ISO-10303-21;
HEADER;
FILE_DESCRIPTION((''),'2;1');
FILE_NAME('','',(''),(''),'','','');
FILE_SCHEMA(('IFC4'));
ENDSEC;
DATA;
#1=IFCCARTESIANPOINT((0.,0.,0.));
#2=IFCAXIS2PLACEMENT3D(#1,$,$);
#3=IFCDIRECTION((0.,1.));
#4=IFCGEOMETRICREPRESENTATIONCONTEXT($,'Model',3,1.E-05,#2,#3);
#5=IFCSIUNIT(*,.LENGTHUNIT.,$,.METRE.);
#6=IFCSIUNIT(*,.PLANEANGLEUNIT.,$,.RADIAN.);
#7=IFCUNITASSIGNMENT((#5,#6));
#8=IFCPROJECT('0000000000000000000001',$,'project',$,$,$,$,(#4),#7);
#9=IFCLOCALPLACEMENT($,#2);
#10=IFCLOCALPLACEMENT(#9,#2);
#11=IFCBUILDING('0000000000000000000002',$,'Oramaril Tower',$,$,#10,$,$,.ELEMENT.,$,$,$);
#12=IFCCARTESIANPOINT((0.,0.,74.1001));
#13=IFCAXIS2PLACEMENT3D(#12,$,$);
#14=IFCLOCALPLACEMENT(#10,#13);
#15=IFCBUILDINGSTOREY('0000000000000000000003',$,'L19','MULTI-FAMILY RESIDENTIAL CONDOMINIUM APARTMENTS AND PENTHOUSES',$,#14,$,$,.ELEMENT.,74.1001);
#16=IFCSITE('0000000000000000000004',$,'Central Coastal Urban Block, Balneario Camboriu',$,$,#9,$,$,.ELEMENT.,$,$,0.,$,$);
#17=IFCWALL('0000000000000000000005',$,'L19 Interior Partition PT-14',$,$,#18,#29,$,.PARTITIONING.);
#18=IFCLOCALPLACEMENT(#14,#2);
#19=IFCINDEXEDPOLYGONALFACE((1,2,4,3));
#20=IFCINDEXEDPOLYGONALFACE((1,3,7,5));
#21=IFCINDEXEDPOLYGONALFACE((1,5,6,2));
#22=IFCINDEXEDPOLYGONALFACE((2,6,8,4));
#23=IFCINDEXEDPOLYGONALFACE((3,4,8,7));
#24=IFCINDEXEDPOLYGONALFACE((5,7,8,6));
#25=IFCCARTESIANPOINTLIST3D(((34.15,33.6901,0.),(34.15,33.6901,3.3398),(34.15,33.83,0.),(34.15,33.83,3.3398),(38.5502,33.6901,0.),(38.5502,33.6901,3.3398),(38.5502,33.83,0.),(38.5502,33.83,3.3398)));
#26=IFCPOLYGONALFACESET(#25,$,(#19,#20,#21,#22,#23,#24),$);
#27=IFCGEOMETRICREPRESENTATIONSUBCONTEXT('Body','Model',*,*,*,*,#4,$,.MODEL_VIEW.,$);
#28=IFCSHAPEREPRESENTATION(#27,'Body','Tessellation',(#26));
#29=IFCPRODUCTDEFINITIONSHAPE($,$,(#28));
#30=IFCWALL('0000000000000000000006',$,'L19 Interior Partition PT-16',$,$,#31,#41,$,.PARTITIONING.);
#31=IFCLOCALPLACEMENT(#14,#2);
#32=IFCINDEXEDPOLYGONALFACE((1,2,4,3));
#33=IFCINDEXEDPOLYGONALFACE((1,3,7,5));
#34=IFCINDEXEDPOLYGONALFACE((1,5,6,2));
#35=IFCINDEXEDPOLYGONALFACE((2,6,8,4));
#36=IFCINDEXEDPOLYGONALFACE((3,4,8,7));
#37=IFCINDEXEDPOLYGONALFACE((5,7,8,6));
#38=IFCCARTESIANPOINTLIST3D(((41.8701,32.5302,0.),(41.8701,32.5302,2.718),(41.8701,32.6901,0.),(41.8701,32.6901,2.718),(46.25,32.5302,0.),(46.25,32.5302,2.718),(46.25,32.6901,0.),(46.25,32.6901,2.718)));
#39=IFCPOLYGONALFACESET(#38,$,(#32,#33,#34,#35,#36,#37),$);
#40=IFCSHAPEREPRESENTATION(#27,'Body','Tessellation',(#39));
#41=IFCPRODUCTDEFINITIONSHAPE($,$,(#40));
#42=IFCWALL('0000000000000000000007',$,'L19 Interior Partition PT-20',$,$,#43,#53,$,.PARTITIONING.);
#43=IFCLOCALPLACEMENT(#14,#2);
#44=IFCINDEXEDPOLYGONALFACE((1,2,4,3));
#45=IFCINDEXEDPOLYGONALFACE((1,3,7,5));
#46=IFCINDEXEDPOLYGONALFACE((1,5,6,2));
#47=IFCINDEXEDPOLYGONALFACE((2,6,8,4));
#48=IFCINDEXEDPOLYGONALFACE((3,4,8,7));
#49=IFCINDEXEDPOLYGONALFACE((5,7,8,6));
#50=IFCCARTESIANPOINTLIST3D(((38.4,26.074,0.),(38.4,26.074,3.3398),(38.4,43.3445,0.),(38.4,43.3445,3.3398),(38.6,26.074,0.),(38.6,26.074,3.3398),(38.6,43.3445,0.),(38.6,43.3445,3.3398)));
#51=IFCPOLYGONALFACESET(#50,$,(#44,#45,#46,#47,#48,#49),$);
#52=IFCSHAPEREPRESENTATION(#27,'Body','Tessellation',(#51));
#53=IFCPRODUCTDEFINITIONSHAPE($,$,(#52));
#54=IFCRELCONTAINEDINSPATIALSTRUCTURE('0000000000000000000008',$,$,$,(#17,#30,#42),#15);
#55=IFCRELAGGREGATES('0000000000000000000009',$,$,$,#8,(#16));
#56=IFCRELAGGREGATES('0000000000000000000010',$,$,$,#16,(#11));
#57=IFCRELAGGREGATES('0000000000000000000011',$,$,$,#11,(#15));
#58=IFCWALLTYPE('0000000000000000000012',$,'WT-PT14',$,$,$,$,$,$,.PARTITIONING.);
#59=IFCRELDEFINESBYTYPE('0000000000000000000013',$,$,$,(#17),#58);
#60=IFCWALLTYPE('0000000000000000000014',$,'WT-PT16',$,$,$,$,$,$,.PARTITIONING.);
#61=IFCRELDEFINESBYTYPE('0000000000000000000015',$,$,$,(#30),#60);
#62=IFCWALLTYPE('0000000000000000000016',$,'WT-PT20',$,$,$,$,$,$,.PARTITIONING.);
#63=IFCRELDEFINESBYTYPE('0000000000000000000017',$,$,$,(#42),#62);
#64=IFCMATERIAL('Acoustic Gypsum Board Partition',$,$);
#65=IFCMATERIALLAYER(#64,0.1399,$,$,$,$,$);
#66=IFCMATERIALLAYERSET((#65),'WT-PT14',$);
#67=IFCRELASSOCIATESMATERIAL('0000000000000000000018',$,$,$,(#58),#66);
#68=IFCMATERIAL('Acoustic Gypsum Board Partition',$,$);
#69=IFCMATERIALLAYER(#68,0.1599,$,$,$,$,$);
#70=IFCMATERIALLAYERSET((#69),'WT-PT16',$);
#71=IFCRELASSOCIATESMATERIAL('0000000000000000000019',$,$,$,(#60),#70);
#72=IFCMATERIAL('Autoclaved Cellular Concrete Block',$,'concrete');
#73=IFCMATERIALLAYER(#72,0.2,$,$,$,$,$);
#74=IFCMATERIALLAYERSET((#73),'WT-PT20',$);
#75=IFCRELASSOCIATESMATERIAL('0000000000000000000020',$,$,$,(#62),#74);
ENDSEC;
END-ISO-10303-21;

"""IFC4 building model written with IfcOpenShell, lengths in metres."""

from ifc_helpers import new_model, si_unit, direction, frame, frame_2d, origin, place, context, subcontext, project, spatial, rectangle, extrude, material, layer, layer_set, type_object, element, save


model = new_model("IFC4")

# Units and contexts
model_context = context("Model", 3, precision=1e-05, world=origin(), true_north=direction((0.0, 1.0)))
body_context = subcontext(model_context, "Body", "Model", "MODEL_VIEW")
ifc_project = project(units=[si_unit("LENGTHUNIT", "METRE"), si_unit("PLANEANGLEUNIT", "RADIAN")], contexts=[model_context])

# Site, building, storey
site_placement = place(None, origin())
site = spatial("IfcSite", under=ifc_project, at=site_placement, Name="Central Coastal Urban Block, Balneario Camboriu", CompositionType="ELEMENT", RefElevation=0.0)
building_placement = place(site_placement, origin())
building = spatial("IfcBuilding", under=site, at=building_placement, Name="Oramaril Tower", CompositionType="ELEMENT")
storey_placement = place(building_placement, frame((0.0, 0.0, 74.1001)))
storey = spatial("IfcBuildingStorey", under=building, at=storey_placement, Name="L19", Description="MULTI-FAMILY RESIDENTIAL CONDOMINIUM APARTMENTS AND PENTHOUSES", CompositionType="ELEMENT", Elevation=74.1001)

# Walls
ifc_material_1 = material(Name="Acoustic Gypsum Board Partition")
ifc_layer_1 = layer(ifc_material_1, 0.1399)
ifc_layer_set_1 = layer_set([ifc_layer_1], Name="WT-PT14")
wall_type_1 = type_object("IfcWallType", Name="WT-PT14", PredefinedType="PARTITIONING", material=ifc_layer_set_1)
wall_1_placement = place(storey_placement, frame((34.1499, 33.76, 0.0), z_axis=(0.0, 0.0, 1.0), x_axis=(1.0, 0.0, 0.0)))
element("IfcWall", 1, at=wall_1_placement, inside=storey, type_object=wall_type_1, Name="L19 Interior Partition PT-14", PredefinedType="PARTITIONING", context=body_context, shape_type="SweptSolid", body=[
    extrude(rectangle(XDim=4.4001, YDim=0.1399, at=frame_2d((2.2002, 0.0))), origin(), (0.0, 0.0, 1.0), 3.3398),
])
ifc_material_2 = material(Name="Acoustic Gypsum Board Partition")
ifc_layer_2 = layer(ifc_material_2, 0.1599)
ifc_layer_set_2 = layer_set([ifc_layer_2], Name="WT-PT16")
wall_type_2 = type_object("IfcWallType", Name="WT-PT16", PredefinedType="PARTITIONING", material=ifc_layer_set_2)
wall_2_placement = place(storey_placement, frame((41.8701, 32.6101, 0.0), z_axis=(0.0, 0.0, 1.0), x_axis=(1.0, 0.0, 0.0)))
element("IfcWall", 2, at=wall_2_placement, inside=storey, type_object=wall_type_2, Name="L19 Interior Partition PT-16", PredefinedType="PARTITIONING", context=body_context, shape_type="SweptSolid", body=[
    extrude(rectangle(XDim=4.3799, YDim=0.1599, at=frame_2d((2.1899, 0.0))), origin(), (0.0, 0.0, 1.0), 2.718),
])
ifc_material_3 = material(Name="Autoclaved Cellular Concrete Block", Category="concrete")
ifc_layer_3 = layer(ifc_material_3, 0.2)
ifc_layer_set_3 = layer_set([ifc_layer_3], Name="WT-PT20")
wall_type_3 = type_object("IfcWallType", Name="WT-PT20", PredefinedType="PARTITIONING", material=ifc_layer_set_3)
wall_3_placement = place(storey_placement, frame((38.5, 26.074, 0.0), z_axis=(0.0, 0.0, 1.0), x_axis=(0.0, 1.0, 0.0)))
element("IfcWall", 3, at=wall_3_placement, inside=storey, type_object=wall_type_3, Name="L19 Interior Partition PT-20", PredefinedType="PARTITIONING", context=body_context, shape_type="SweptSolid", body=[
    extrude(rectangle(XDim=17.2705, YDim=0.2, at=frame_2d((8.6353, 0.0))), origin(), (0.0, 0.0, 1.0), 3.3398),
])

save(model, "model.ifc")
